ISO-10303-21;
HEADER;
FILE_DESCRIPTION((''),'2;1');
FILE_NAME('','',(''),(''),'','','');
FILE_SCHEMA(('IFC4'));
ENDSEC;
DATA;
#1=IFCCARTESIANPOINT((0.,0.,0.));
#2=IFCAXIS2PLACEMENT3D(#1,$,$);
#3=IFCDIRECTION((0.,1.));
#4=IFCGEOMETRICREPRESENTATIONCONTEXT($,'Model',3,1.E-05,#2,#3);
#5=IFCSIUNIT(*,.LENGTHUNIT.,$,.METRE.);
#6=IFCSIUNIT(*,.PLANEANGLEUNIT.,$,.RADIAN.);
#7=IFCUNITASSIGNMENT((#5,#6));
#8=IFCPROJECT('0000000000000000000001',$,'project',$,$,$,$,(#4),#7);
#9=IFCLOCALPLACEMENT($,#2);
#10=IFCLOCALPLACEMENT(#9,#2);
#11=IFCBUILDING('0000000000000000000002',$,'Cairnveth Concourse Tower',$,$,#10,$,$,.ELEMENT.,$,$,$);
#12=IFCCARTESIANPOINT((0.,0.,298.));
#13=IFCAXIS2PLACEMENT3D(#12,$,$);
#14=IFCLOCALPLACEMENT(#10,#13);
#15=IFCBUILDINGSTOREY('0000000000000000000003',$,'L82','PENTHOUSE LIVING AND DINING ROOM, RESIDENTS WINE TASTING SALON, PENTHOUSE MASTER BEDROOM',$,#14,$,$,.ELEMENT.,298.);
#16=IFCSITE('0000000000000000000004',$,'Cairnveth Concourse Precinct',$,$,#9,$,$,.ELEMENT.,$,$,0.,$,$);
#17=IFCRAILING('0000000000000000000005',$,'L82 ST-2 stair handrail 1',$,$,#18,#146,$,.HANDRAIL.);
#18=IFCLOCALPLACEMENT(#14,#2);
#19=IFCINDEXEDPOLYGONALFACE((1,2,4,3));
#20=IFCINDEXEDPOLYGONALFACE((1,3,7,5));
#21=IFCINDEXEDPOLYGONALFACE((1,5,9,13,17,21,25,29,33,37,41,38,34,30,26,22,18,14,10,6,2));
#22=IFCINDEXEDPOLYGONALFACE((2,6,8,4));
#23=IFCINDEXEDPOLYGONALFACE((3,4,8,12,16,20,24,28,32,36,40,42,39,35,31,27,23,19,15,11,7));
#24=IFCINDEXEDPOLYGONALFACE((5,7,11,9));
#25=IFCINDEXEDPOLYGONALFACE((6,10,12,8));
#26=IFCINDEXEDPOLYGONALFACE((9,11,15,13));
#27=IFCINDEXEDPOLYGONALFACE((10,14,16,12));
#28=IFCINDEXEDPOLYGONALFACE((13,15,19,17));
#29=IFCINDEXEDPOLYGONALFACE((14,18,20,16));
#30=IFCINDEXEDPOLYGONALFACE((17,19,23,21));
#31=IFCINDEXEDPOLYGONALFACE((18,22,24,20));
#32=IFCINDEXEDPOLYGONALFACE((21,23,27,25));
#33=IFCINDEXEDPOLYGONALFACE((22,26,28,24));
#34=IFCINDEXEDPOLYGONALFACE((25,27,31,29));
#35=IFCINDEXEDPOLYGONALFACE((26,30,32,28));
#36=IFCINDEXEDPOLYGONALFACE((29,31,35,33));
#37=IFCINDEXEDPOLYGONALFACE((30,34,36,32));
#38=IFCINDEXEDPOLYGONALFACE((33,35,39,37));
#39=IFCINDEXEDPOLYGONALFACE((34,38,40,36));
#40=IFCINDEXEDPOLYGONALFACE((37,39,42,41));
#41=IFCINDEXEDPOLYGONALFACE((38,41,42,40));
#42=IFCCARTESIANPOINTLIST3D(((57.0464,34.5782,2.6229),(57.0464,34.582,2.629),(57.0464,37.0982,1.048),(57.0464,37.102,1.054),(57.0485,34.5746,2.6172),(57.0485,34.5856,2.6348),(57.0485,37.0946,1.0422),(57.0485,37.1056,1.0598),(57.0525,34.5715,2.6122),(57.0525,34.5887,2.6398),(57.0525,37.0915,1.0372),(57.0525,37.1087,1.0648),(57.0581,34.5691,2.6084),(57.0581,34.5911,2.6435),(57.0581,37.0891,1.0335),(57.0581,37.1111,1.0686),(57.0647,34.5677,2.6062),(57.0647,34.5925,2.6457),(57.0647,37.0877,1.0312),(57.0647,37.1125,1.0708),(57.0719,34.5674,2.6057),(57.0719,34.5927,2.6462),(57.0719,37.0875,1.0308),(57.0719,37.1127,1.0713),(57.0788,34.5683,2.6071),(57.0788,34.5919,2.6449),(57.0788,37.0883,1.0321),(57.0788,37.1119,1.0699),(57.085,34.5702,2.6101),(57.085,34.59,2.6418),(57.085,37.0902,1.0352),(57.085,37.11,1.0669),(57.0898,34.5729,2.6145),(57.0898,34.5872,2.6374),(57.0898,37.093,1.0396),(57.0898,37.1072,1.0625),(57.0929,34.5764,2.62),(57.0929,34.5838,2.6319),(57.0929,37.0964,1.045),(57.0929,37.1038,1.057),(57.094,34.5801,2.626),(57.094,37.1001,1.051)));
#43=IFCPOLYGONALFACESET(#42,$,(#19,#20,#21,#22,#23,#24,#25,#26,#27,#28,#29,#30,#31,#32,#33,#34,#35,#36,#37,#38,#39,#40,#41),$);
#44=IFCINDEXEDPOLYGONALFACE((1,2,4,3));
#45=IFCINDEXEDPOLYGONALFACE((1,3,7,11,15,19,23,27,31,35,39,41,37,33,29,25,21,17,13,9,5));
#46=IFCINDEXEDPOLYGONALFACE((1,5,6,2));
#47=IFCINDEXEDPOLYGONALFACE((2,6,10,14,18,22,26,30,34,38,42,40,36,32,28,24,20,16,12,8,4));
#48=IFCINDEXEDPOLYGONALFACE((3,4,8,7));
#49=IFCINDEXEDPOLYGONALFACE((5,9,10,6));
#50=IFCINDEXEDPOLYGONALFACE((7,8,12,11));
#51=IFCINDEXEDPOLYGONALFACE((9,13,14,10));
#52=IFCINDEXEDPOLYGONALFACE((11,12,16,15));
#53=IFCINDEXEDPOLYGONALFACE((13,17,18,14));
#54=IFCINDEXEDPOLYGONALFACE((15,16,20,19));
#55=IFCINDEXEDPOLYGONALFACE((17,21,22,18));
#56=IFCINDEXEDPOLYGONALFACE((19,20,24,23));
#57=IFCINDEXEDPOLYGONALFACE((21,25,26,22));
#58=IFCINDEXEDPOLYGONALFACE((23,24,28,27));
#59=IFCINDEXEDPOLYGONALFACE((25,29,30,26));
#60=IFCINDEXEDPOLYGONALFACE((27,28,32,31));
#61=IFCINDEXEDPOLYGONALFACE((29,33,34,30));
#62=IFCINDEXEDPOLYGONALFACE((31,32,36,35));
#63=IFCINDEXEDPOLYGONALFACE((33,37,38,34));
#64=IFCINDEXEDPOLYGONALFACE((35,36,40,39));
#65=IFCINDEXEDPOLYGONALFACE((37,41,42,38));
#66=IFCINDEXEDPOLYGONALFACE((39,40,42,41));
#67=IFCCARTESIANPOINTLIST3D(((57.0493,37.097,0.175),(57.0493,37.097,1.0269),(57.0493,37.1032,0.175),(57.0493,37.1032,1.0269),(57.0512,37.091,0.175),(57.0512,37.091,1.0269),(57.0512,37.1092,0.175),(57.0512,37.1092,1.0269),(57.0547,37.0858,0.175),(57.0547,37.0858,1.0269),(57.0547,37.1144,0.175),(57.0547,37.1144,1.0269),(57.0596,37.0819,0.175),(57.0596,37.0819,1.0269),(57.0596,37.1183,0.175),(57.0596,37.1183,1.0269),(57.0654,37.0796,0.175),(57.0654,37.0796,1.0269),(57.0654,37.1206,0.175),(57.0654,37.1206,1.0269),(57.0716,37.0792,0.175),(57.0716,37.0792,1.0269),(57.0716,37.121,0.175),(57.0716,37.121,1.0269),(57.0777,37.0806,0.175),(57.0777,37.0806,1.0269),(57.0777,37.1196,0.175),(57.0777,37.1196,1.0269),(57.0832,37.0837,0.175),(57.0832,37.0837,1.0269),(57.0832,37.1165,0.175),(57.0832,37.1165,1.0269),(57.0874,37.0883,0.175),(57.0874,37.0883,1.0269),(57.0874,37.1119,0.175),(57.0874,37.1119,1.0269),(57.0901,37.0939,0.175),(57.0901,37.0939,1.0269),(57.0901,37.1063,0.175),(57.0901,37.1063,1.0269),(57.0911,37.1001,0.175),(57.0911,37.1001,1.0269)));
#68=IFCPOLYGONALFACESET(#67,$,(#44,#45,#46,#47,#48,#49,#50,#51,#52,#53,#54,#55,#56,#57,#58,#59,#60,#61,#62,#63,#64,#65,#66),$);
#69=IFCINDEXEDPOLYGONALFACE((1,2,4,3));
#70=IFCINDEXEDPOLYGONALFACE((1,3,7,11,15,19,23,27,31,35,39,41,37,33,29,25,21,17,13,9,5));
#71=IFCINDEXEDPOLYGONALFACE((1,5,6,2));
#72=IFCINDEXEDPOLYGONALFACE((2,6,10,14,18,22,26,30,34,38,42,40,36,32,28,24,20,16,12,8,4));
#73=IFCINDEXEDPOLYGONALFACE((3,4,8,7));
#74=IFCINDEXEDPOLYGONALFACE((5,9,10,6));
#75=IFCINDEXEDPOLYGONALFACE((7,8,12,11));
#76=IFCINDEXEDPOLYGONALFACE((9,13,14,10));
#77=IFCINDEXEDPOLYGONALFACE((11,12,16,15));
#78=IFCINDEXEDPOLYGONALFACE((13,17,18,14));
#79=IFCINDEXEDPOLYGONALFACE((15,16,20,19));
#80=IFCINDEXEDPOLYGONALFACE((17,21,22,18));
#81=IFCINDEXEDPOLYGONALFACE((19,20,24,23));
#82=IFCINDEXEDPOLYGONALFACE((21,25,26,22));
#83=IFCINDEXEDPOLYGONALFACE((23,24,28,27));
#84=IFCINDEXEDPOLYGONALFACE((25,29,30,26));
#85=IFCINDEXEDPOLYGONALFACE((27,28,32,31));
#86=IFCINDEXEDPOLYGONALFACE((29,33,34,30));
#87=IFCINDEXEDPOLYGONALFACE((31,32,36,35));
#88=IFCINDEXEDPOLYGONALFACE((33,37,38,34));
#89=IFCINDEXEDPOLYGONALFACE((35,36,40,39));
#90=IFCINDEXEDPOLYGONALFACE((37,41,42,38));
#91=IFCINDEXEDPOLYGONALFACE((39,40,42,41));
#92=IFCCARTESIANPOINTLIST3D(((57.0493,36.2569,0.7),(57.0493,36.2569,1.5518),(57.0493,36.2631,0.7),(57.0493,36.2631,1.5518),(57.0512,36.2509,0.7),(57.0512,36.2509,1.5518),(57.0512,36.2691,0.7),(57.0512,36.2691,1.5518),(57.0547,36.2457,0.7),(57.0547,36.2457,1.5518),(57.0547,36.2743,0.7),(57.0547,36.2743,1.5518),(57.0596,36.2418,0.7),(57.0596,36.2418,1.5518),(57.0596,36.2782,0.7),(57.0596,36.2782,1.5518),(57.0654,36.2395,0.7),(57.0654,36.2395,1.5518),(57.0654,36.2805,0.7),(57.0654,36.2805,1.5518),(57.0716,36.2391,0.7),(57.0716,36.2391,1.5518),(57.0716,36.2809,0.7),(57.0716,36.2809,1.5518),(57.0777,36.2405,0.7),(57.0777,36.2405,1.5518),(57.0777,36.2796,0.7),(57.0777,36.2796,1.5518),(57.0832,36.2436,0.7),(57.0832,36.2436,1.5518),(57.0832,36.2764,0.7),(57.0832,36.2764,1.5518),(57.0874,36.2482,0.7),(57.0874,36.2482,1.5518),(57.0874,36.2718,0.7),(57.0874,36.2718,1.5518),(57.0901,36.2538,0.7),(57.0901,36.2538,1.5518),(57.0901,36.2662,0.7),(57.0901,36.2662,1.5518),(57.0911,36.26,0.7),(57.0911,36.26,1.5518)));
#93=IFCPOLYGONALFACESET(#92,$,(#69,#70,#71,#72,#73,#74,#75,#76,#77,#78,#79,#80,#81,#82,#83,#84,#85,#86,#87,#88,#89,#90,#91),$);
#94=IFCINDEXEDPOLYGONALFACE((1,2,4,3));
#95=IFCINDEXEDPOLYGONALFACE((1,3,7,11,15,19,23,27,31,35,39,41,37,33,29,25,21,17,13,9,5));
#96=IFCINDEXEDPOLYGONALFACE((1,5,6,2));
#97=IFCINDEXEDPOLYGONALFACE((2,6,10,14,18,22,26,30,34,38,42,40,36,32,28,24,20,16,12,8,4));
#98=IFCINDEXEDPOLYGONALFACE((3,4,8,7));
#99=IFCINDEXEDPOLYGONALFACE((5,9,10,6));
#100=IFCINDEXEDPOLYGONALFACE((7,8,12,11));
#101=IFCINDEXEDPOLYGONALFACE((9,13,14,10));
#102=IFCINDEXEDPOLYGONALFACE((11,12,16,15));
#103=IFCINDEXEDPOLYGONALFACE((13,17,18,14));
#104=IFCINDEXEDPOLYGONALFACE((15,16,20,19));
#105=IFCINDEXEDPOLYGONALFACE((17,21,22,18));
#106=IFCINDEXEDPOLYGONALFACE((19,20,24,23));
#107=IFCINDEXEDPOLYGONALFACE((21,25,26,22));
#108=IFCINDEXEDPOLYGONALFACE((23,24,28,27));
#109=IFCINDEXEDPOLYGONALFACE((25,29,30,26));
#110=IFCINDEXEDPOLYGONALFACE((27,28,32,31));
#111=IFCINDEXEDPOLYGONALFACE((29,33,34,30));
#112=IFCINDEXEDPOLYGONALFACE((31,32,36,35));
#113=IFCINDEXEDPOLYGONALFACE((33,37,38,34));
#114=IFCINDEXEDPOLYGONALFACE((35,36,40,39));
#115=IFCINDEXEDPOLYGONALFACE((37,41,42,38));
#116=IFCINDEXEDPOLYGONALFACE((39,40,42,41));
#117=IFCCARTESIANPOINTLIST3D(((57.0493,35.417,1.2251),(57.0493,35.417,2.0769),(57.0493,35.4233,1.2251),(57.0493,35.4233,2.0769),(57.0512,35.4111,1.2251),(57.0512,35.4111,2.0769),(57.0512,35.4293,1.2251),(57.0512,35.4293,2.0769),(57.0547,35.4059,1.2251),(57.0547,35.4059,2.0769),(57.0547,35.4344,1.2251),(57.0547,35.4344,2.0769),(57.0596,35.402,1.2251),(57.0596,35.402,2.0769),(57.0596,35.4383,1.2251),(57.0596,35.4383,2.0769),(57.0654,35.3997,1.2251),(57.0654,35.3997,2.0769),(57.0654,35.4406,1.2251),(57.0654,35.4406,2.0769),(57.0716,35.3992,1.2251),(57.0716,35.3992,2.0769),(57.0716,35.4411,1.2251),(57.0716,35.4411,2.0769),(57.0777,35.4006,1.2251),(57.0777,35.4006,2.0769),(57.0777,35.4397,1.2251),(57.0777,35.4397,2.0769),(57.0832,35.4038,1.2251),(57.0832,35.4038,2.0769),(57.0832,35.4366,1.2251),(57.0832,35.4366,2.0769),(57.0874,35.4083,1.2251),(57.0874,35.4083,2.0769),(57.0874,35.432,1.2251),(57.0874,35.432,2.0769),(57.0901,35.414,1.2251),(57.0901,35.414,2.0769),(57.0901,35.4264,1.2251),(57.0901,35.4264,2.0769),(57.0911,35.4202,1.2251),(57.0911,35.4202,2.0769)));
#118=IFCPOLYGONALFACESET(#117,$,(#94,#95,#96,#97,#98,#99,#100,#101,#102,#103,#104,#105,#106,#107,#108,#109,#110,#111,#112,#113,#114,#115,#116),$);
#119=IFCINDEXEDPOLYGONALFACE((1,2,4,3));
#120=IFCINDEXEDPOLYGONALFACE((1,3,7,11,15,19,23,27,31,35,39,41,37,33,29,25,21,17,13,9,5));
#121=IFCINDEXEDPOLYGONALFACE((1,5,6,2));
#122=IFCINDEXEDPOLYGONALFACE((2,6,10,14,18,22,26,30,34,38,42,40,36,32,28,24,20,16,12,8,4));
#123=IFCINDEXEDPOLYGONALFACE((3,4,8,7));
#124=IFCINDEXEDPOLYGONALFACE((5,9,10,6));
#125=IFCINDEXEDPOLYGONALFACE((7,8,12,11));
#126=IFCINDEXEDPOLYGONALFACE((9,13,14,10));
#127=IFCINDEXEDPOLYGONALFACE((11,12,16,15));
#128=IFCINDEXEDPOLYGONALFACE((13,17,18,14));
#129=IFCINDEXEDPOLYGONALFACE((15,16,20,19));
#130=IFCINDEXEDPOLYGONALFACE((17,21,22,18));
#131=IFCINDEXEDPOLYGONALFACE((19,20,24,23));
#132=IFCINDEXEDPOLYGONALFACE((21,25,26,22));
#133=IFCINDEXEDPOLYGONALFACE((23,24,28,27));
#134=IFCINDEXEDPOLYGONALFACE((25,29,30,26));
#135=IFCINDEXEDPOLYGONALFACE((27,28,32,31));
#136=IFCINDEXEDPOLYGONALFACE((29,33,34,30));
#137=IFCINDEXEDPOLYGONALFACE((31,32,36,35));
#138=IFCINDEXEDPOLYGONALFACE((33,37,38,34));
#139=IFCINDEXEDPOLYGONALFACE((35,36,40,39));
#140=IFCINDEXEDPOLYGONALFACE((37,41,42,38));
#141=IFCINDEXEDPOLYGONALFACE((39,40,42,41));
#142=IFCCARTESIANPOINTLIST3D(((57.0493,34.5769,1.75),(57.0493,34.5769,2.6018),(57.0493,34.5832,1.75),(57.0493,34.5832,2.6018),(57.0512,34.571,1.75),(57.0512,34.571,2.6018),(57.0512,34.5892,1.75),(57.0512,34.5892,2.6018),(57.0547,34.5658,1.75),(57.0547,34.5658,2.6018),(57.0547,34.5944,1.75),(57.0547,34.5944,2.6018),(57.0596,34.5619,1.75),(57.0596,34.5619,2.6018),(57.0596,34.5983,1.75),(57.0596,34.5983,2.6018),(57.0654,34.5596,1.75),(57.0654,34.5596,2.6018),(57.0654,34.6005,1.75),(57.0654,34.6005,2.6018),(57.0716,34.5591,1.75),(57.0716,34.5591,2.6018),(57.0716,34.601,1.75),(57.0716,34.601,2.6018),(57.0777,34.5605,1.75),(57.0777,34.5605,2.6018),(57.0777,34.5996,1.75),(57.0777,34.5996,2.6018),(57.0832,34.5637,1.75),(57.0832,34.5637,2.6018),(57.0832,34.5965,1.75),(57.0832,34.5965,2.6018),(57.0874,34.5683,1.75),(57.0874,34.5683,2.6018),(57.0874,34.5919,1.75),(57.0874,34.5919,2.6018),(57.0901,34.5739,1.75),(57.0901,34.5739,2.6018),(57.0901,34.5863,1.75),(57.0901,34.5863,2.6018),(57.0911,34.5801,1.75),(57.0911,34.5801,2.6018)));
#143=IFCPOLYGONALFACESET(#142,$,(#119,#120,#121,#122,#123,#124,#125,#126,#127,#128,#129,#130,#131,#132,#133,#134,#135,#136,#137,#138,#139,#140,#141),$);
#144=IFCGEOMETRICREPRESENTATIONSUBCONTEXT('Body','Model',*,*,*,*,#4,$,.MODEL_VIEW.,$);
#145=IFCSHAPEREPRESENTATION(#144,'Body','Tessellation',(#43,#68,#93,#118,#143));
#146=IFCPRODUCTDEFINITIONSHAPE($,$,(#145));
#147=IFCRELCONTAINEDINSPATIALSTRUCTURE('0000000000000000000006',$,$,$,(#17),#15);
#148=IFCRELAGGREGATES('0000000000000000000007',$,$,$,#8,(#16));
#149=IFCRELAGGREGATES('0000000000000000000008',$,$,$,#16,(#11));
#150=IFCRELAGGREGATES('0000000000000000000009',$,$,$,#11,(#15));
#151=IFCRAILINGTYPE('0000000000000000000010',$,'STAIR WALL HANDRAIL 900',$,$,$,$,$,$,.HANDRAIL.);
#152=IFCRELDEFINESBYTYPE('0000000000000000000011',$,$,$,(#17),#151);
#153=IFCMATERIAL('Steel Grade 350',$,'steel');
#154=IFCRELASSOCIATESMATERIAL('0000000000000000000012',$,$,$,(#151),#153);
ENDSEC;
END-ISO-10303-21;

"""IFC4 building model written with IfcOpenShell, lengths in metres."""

from ifc_helpers import new_model, si_unit, direction, frame, origin, origin_2d, place, context, subcontext, project, spatial, circle, extrude, material, type_object, element, save


model = new_model("IFC4")

# Units and contexts
model_context = context("Model", 3, precision=1e-05, world=origin(), true_north=direction((0.0, 1.0)))
body_context = subcontext(model_context, "Body", "Model", "MODEL_VIEW")
ifc_project = project(units=[si_unit("LENGTHUNIT", "METRE"), si_unit("PLANEANGLEUNIT", "RADIAN")], contexts=[model_context])

# Site, building, storey
site_placement = place(None, origin())
site = spatial("IfcSite", under=ifc_project, at=site_placement, Name="Cairnveth Concourse Precinct", CompositionType="ELEMENT", RefElevation=0.0)
building_placement = place(site_placement, origin())
building = spatial("IfcBuilding", under=site, at=building_placement, Name="Cairnveth Concourse Tower", CompositionType="ELEMENT")
storey_placement = place(building_placement, frame((0.0, 0.0, 298.0)))
storey = spatial("IfcBuildingStorey", under=building, at=storey_placement, Name="L82", Description="PENTHOUSE LIVING AND DINING ROOM, RESIDENTS WINE TASTING SALON, PENTHOUSE MASTER BEDROOM", CompositionType="ELEMENT", Elevation=298.0)

# Shared definitions
ifc_material_1 = material(Name="Steel Grade 350", Category="steel")

# Railing
railing_type = type_object("IfcRailingType", Name="STAIR WALL HANDRAIL 900", PredefinedType="HANDRAIL", material=ifc_material_1)
railing_placement = place(storey_placement, frame((57.0701, 37.1001, 0.175)))
element("IfcRailing", 1, at=railing_placement, inside=storey, type_object=railing_type, Name="L82 ST-2 stair handrail 1", PredefinedType="HANDRAIL", context=body_context, shape_type="SweptSolid", body=[
    extrude(circle(Radius=0.0239, at=origin_2d()), frame((0.0, 0.0, 0.876), z_axis=(0.0, -0.848008, 0.529984), x_axis=(1.0, 0.0, 0.0)), (0.0, 0.0, 1.0), 2.9717),
    extrude(circle(Radius=0.021, at=origin_2d()), origin(), (0.0, 0.0, 1.0), 0.8518),
    extrude(circle(Radius=0.021, at=origin_2d()), frame((0.0, -0.8401, 0.5249)), (0.0, 0.0, 1.0), 0.8518),
    extrude(circle(Radius=0.021, at=origin_2d()), frame((0.0, -1.6799, 1.05)), (0.0, 0.0, 1.0), 0.8518),
    extrude(circle(Radius=0.021, at=origin_2d()), frame((0.0, -2.52, 1.575)), (0.0, 0.0, 1.0), 0.8518),
])

save(model, "model.ifc")
